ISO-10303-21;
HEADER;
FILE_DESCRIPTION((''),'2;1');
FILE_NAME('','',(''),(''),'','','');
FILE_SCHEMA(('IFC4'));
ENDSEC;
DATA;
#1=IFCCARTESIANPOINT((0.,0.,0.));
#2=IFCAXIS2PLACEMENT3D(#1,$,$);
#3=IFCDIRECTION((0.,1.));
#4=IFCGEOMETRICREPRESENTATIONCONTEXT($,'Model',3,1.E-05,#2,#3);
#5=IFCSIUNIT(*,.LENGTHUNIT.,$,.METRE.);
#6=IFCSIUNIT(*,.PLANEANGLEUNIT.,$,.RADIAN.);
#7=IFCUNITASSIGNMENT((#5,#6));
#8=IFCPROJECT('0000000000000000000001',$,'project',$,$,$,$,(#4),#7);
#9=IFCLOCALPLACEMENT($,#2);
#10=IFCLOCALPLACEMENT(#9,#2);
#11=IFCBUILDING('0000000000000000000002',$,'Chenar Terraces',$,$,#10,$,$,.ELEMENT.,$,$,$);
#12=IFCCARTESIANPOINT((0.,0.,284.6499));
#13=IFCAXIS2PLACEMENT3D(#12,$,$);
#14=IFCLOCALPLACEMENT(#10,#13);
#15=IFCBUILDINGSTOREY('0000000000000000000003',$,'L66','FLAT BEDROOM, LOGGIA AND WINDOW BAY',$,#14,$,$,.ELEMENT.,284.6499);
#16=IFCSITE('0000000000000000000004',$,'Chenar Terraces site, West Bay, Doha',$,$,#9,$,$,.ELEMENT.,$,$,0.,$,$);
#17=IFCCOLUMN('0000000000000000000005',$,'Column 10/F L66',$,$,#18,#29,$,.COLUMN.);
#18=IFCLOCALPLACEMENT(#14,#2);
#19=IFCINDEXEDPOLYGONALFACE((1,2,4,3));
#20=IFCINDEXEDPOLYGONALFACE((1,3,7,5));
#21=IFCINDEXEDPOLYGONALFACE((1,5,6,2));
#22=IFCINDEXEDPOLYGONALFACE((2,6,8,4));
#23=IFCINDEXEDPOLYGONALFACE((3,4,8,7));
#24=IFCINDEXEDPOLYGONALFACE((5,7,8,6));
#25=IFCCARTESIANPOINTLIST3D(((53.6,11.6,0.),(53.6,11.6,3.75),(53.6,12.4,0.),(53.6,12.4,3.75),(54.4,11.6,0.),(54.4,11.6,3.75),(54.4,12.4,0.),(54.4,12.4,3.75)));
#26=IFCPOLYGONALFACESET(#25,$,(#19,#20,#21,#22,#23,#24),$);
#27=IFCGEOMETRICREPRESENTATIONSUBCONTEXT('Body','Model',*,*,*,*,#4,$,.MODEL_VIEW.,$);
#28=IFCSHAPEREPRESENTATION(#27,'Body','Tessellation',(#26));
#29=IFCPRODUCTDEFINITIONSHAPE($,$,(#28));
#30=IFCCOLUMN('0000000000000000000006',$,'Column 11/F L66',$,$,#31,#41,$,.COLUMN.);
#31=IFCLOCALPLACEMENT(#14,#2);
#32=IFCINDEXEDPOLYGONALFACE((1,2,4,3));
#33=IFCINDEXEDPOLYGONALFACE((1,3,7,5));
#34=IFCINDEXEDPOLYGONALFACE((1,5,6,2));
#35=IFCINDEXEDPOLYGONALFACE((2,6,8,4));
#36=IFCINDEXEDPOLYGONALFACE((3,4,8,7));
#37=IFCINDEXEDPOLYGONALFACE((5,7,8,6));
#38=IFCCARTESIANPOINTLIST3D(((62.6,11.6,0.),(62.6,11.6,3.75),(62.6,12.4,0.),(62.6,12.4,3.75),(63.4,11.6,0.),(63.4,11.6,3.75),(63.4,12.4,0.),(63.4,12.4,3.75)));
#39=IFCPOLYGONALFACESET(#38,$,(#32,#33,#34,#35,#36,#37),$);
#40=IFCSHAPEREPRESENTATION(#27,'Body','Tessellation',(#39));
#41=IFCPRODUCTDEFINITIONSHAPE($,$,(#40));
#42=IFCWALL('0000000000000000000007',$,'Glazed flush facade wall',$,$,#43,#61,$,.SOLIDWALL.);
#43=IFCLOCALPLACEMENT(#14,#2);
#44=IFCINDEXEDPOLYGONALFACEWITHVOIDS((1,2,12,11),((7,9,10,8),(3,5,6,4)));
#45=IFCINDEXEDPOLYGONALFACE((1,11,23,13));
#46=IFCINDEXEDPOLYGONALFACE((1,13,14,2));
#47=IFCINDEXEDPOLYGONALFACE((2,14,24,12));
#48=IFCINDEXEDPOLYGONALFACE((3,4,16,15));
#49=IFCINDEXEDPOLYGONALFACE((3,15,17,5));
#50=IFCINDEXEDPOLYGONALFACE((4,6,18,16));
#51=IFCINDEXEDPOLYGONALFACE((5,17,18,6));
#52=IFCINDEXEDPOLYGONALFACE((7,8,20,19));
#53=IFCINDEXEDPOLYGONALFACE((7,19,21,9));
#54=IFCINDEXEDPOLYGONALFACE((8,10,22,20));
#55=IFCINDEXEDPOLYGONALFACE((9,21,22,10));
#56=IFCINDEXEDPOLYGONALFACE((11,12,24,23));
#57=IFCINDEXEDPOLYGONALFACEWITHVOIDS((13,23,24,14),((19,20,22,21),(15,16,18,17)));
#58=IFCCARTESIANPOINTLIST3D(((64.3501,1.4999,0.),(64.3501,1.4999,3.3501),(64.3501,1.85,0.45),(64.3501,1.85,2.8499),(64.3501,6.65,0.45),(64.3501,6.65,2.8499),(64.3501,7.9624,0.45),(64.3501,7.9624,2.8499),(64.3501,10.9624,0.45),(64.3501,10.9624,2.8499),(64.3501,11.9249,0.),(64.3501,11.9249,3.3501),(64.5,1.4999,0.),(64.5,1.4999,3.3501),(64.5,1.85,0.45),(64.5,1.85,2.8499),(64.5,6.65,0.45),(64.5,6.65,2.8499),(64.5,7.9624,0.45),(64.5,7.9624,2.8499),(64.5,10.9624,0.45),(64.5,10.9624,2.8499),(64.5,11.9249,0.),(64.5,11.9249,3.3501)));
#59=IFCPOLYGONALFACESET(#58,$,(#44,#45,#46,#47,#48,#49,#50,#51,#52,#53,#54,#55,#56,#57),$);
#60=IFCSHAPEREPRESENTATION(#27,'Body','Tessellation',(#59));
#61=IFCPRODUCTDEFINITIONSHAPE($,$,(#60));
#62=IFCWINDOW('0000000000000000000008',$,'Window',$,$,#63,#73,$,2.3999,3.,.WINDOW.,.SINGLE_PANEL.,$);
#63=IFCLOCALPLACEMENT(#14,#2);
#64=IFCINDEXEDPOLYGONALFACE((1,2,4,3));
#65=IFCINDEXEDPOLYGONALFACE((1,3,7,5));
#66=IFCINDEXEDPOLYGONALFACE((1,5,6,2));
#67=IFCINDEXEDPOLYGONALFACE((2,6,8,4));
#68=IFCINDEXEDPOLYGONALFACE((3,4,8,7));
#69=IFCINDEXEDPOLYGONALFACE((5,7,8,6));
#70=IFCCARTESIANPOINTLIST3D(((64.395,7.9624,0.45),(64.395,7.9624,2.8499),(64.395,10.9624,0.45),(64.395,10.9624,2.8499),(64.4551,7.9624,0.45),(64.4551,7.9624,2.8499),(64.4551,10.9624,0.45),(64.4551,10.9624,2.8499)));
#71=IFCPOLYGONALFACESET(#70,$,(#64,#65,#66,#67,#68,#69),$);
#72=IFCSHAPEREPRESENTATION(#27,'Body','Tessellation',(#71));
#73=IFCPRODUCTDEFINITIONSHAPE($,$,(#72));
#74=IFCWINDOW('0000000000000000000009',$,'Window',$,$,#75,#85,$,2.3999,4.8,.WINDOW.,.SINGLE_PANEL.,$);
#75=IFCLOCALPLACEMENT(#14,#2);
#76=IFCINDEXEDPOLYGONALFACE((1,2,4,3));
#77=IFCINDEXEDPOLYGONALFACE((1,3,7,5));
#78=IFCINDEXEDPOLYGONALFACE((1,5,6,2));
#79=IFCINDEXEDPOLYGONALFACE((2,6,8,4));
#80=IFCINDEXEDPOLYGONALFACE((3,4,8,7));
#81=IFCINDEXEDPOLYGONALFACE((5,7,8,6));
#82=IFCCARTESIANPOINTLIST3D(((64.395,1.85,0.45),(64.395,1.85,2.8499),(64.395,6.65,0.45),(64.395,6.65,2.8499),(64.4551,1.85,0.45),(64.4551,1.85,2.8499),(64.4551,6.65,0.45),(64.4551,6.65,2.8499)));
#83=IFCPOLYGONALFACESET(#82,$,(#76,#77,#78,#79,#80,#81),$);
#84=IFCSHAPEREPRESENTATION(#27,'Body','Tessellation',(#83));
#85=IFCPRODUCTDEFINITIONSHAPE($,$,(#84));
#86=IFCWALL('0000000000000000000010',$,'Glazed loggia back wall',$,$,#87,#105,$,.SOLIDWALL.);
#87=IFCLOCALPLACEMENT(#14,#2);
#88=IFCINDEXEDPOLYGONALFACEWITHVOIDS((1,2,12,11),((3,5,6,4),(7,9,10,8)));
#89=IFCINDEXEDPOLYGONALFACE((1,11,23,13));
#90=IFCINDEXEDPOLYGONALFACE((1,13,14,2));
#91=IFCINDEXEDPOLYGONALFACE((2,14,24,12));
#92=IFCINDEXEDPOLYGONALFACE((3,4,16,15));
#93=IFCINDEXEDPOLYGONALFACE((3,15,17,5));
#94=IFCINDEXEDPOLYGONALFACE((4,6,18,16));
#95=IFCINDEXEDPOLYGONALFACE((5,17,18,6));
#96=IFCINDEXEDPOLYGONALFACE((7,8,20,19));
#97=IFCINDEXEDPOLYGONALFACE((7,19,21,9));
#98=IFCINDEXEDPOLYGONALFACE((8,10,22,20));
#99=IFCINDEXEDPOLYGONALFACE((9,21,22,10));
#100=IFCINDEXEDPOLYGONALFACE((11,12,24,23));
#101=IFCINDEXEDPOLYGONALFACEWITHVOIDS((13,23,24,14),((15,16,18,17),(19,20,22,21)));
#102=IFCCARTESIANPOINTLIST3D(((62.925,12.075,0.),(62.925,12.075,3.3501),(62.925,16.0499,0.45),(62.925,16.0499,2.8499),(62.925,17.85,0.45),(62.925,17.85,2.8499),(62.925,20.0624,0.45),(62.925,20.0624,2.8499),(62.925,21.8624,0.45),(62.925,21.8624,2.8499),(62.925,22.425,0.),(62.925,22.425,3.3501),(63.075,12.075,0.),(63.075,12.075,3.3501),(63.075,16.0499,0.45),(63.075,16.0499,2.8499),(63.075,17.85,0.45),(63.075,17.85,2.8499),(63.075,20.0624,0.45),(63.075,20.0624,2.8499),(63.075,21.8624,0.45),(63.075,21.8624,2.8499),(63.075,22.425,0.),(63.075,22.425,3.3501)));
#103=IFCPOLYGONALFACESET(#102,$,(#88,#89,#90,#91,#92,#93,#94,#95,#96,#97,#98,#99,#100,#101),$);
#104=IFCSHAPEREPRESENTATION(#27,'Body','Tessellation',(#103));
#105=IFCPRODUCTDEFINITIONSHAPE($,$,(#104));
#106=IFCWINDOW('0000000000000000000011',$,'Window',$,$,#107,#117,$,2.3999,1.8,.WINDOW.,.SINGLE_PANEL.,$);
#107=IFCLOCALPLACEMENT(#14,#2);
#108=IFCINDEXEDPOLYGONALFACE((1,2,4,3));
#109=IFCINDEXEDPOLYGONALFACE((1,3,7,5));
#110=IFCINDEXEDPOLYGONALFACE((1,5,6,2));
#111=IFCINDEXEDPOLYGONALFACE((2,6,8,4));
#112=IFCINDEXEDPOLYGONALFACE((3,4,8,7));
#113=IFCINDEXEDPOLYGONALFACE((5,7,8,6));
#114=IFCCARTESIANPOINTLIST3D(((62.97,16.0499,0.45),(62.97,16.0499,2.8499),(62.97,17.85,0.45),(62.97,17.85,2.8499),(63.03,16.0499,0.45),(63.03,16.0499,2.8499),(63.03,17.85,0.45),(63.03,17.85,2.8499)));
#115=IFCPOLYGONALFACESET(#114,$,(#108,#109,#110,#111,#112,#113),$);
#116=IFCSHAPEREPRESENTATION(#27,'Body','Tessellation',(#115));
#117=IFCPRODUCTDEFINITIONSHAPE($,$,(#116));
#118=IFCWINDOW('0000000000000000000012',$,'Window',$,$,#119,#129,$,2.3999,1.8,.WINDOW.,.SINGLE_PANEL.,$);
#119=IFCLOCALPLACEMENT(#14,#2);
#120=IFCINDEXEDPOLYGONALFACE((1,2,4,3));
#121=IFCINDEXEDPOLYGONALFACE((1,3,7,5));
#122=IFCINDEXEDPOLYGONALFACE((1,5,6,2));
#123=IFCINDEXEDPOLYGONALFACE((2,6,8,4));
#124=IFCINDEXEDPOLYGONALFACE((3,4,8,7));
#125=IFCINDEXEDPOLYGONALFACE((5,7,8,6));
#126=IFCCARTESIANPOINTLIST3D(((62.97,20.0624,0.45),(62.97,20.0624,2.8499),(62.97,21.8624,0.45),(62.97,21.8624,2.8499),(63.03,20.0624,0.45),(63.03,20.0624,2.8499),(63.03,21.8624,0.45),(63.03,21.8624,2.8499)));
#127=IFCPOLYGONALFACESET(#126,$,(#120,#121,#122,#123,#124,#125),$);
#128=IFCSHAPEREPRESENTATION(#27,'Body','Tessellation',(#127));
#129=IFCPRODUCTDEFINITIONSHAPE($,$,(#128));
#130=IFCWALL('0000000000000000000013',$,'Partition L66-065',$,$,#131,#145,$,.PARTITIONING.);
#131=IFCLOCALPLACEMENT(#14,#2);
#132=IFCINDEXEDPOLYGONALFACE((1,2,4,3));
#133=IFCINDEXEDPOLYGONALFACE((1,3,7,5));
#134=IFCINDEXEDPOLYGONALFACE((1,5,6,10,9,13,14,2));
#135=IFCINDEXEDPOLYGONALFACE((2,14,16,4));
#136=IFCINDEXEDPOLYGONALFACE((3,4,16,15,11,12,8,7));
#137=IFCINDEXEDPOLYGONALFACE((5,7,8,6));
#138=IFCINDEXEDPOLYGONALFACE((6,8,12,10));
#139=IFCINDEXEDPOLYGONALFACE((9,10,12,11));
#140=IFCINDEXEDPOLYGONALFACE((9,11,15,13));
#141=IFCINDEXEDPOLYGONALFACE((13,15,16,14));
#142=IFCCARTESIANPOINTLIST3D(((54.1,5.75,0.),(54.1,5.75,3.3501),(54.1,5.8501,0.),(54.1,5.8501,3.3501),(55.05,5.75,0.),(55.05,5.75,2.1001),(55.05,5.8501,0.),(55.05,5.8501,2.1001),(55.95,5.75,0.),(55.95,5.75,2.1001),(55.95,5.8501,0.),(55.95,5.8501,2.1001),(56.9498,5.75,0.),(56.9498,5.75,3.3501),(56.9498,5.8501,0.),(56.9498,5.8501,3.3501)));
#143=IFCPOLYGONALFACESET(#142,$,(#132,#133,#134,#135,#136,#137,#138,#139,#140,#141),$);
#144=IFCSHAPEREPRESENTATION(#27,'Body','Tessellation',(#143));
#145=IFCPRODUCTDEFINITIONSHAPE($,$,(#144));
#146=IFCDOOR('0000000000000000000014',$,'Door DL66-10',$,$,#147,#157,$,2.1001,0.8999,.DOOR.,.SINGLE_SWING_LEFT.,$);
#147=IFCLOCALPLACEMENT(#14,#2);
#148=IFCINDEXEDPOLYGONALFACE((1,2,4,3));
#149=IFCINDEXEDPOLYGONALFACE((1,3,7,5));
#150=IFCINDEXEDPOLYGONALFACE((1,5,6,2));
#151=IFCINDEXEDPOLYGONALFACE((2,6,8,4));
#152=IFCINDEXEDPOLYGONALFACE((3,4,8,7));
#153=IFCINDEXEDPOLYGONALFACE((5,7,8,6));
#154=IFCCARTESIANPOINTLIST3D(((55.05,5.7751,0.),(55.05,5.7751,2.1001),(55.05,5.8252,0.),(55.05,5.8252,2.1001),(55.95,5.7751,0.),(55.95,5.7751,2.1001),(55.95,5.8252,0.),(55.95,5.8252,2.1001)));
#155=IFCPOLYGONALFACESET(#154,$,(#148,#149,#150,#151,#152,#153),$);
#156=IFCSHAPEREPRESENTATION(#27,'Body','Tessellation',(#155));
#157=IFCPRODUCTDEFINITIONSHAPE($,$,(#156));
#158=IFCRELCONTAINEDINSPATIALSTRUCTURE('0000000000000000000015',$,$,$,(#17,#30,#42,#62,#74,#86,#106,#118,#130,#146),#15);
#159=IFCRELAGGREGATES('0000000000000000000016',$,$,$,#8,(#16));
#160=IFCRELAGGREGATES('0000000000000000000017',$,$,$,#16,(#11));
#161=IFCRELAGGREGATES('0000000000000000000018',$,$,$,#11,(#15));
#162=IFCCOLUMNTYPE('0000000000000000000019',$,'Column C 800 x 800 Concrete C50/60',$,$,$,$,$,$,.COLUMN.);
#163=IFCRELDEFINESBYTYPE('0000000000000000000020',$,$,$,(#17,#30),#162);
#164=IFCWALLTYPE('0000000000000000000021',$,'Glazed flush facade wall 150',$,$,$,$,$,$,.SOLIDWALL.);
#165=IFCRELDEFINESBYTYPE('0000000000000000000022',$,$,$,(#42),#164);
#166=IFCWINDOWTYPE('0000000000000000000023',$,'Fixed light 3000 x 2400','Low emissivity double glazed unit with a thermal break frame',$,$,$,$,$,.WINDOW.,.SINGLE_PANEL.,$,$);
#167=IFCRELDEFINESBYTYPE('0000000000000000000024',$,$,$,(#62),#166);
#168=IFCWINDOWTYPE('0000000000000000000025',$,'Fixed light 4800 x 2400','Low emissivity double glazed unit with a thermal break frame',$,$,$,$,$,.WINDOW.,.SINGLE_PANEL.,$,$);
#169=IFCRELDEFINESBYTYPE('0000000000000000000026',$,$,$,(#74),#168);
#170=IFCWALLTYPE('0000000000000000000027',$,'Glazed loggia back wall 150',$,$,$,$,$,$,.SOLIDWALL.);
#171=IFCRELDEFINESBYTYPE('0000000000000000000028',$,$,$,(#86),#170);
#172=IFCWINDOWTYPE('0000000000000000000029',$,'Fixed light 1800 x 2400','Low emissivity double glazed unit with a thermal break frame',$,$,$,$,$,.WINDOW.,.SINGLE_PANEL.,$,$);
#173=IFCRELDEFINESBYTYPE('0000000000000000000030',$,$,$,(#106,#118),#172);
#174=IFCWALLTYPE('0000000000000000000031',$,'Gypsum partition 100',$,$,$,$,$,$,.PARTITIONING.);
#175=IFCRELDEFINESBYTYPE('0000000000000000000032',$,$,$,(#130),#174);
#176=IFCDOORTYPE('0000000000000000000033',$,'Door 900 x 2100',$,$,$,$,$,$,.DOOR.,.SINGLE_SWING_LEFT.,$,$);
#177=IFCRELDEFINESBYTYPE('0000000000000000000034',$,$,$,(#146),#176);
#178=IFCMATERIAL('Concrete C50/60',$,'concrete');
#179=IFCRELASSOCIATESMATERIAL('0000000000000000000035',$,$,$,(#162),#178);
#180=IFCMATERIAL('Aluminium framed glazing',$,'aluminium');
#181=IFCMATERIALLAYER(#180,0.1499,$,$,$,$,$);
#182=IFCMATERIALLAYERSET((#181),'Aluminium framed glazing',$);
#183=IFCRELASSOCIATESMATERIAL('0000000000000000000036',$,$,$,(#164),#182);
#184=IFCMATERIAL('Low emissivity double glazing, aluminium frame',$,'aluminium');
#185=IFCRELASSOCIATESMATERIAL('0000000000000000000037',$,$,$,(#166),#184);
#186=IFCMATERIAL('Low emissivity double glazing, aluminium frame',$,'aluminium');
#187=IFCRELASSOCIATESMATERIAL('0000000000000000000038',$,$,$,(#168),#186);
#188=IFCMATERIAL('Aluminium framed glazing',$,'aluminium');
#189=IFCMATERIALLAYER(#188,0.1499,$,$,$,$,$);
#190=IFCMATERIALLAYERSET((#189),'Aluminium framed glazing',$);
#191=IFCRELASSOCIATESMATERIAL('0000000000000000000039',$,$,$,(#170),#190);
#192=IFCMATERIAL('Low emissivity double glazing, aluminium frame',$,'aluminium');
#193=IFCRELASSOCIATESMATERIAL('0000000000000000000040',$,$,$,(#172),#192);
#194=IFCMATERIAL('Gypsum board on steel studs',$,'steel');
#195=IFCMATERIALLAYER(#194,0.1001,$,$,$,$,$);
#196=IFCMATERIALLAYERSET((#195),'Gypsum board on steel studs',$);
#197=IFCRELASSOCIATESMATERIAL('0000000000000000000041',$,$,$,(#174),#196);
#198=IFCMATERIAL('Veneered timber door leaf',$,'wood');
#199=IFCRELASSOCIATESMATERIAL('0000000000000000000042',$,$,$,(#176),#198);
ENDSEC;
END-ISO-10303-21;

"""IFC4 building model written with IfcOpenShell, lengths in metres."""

from ifc_helpers import new_model, si_unit, direction, frame, frame_2d, origin, origin_2d, place, context, subcontext, project, spatial, rectangle, extrude, material, layer, layer_set, material_profile, profile_set, type_object, element, fill, save


model = new_model("IFC4")

# Units and contexts
model_context = context("Model", 3, precision=1e-05, world=origin(), true_north=direction((0.0, 1.0)))
body_context = subcontext(model_context, "Body", "Model", "MODEL_VIEW")
ifc_project = project(units=[si_unit("LENGTHUNIT", "METRE"), si_unit("PLANEANGLEUNIT", "RADIAN")], contexts=[model_context])

# Site, building, storey
site_placement = place(None, origin())
site = spatial("IfcSite", under=ifc_project, at=site_placement, Name="Chenar Terraces site, West Bay, Doha", CompositionType="ELEMENT", RefElevation=0.0)
building_placement = place(site_placement, origin())
building = spatial("IfcBuilding", under=site, at=building_placement, Name="Chenar Terraces", CompositionType="ELEMENT")
storey_placement = place(building_placement, frame((0.0, 0.0, 284.6499)))
storey = spatial("IfcBuildingStorey", under=building, at=storey_placement, Name="L66", Description="FLAT BEDROOM, LOGGIA AND WINDOW BAY", CompositionType="ELEMENT", Elevation=284.6499)

# Columns
ifc_material_1 = material(Name="Concrete C50/60", Category="concrete")
ifc_material_profile = material_profile(ifc_material_1, rectangle(XDim=0.8, YDim=0.8, at=origin_2d()), Name="C 800 x 800")
ifc_profile_set = profile_set([ifc_material_profile], Name="Concrete C50/60")
column_type = type_object("IfcColumnType", Name="Column C 800 x 800 Concrete C50/60", PredefinedType="COLUMN", material=ifc_profile_set)
for number, where, z_axis, x_axis, name in (
    (1, (54.0, 12.0, 0.0), (0.0, 0.0, 1.0), (1.0, 0.0, 0.0), "Column 10/F L66"),
    (2, (63.0, 12.0, 0.0), (0.0, 0.0, 1.0), (1.0, 0.0, 0.0), "Column 11/F L66"),
):
    element("IfcColumn", number, at=place(storey_placement, frame(where, z_axis=z_axis, x_axis=x_axis)), inside=storey, type_object=column_type, Name=name, PredefinedType="COLUMN", context=body_context, shape_type="SweptSolid", body=[
        extrude(rectangle(XDim=0.8, YDim=0.8, at=origin_2d()), origin(), (0.0, 0.0, 1.0), 3.75),
    ])

# Walls, openings, windows
ifc_material_2 = material(Name="Aluminium framed glazing", Category="aluminium")
ifc_layer_1 = layer(ifc_material_2, 0.1499)
ifc_layer_set_1 = layer_set([ifc_layer_1], Name="Aluminium framed glazing")
wall_type_1 = type_object("IfcWallType", Name="Glazed flush facade wall 150", PredefinedType="SOLIDWALL", material=ifc_layer_set_1)
wall_1_placement = place(storey_placement, frame((64.425, 1.5, 0.0), z_axis=(0.0, 0.0, 1.0), x_axis=(0.0, 1.0, 0.0)))
wall_1 = element("IfcWall", 3, at=wall_1_placement, inside=storey, type_object=wall_type_1, Name="Glazed flush facade wall", PredefinedType="SOLIDWALL", context=body_context, shape_type="SweptSolid", body=[
    extrude(rectangle(XDim=10.425, YDim=0.1499, at=frame_2d((5.2124, 0.0))), origin(), (0.0, 0.0, 1.0), 3.3501),
])
opening_1_placement = place(wall_1_placement, frame((0.3501, 0.0, 0.45)))
opening_1 = element("IfcOpeningElement", 4, at=opening_1_placement, cuts=wall_1, PredefinedType="OPENING", context=body_context, shape_type="SweptSolid", body=[
    extrude(rectangle(XDim=4.8, YDim=2.3999, at=frame_2d((2.3999, 1.2))), frame((0.0, 0.085, 0.0), z_axis=(0.0, -1.0, 0.0), x_axis=(1.0, 0.0, 0.0)), (0.0, 0.0, 1.0), 0.1699),
])
opening_2_placement = place(wall_1_placement, frame((6.4624, 0.0, 0.45)))
opening_2 = element("IfcOpeningElement", 5, at=opening_2_placement, cuts=wall_1, PredefinedType="OPENING", context=body_context, shape_type="SweptSolid", body=[
    extrude(rectangle(XDim=3.0, YDim=2.3999, at=frame_2d((1.5, 1.2))), frame((0.0, 0.085, 0.0), z_axis=(0.0, -1.0, 0.0), x_axis=(1.0, 0.0, 0.0)), (0.0, 0.0, 1.0), 0.1699),
])
ifc_material_3 = material(Name="Low emissivity double glazing, aluminium frame", Category="aluminium")
window_type_1 = type_object("IfcWindowType", Name="Fixed light 3000 x 2400", Description="Low emissivity double glazed unit with a thermal break frame", PartitioningType="SINGLE_PANEL", PredefinedType="WINDOW", material=ifc_material_3)
window_1_placement = place(opening_2_placement, origin())
window_1 = element("IfcWindow", 6, at=window_1_placement, inside=storey, type_object=window_type_1, Name="Window", OverallHeight=2.3999, OverallWidth=3.0, PartitioningType="SINGLE_PANEL", PredefinedType="WINDOW", context=body_context, shape_type="SweptSolid", body=[
    extrude(rectangle(XDim=3.0, YDim=2.3999, at=frame_2d((1.5, 1.2))), frame((0.0, 0.03, 0.0), z_axis=(0.0, -1.0, 0.0), x_axis=(1.0, 0.0, 0.0)), (0.0, 0.0, 1.0), 0.0601),
])
fill(opening_2, window_1)
ifc_material_4 = material(Name="Low emissivity double glazing, aluminium frame", Category="aluminium")
window_type_2 = type_object("IfcWindowType", Name="Fixed light 4800 x 2400", Description="Low emissivity double glazed unit with a thermal break frame", PartitioningType="SINGLE_PANEL", PredefinedType="WINDOW", material=ifc_material_4)
window_2_placement = place(opening_1_placement, origin())
window_2 = element("IfcWindow", 7, at=window_2_placement, inside=storey, type_object=window_type_2, Name="Window", OverallHeight=2.3999, OverallWidth=4.8, PartitioningType="SINGLE_PANEL", PredefinedType="WINDOW", context=body_context, shape_type="SweptSolid", body=[
    extrude(rectangle(XDim=4.8, YDim=2.3999, at=frame_2d((2.3999, 1.2))), frame((0.0, 0.03, 0.0), z_axis=(0.0, -1.0, 0.0), x_axis=(1.0, 0.0, 0.0)), (0.0, 0.0, 1.0), 0.0601),
])
fill(opening_1, window_2)
ifc_material_5 = material(Name="Aluminium framed glazing", Category="aluminium")
ifc_layer_2 = layer(ifc_material_5, 0.1499)
ifc_layer_set_2 = layer_set([ifc_layer_2], Name="Aluminium framed glazing")
wall_type_2 = type_object("IfcWallType", Name="Glazed loggia back wall 150", PredefinedType="SOLIDWALL", material=ifc_layer_set_2)
wall_2_placement = place(storey_placement, frame((63.0, 12.075, 0.0), z_axis=(0.0, 0.0, 1.0), x_axis=(0.0, 1.0, 0.0)))
wall_2 = element("IfcWall", 8, at=wall_2_placement, inside=storey, type_object=wall_type_2, Name="Glazed loggia back wall", PredefinedType="SOLIDWALL", context=body_context, shape_type="SweptSolid", body=[
    extrude(rectangle(XDim=10.3501, YDim=0.1499, at=frame_2d((5.175, 0.0))), origin(), (0.0, 0.0, 1.0), 3.3501),
])
opening_3_placement = place(wall_2_placement, frame((3.9751, 0.0, 0.45)))
opening_3 = element("IfcOpeningElement", 9, at=opening_3_placement, cuts=wall_2, PredefinedType="OPENING", context=body_context, shape_type="SweptSolid", body=[
    extrude(rectangle(XDim=1.8, YDim=2.3999, at=frame_2d((0.8999, 1.2))), frame((0.0, 0.085, 0.0), z_axis=(0.0, -1.0, 0.0), x_axis=(1.0, 0.0, 0.0)), (0.0, 0.0, 1.0), 0.1699),
])
opening_4_placement = place(wall_2_placement, frame((7.9875, 0.0, 0.45)))
opening_4 = element("IfcOpeningElement", 10, at=opening_4_placement, cuts=wall_2, PredefinedType="OPENING", context=body_context, shape_type="SweptSolid", body=[
    extrude(rectangle(XDim=1.8, YDim=2.3999, at=frame_2d((0.8999, 1.2))), frame((0.0, 0.085, 0.0), z_axis=(0.0, -1.0, 0.0), x_axis=(1.0, 0.0, 0.0)), (0.0, 0.0, 1.0), 0.1699),
])
ifc_material_6 = material(Name="Low emissivity double glazing, aluminium frame", Category="aluminium")
window_type_3 = type_object("IfcWindowType", Name="Fixed light 1800 x 2400", Description="Low emissivity double glazed unit with a thermal break frame", PartitioningType="SINGLE_PANEL", PredefinedType="WINDOW", material=ifc_material_6)
window_3_placement = place(opening_3_placement, origin())
window_3 = element("IfcWindow", 11, at=window_3_placement, inside=storey, type_object=window_type_3, Name="Window", OverallHeight=2.3999, OverallWidth=1.8, PartitioningType="SINGLE_PANEL", PredefinedType="WINDOW", context=body_context, shape_type="SweptSolid", body=[
    extrude(rectangle(XDim=1.8, YDim=2.3999, at=frame_2d((0.8999, 1.2))), frame((0.0, 0.03, 0.0), z_axis=(0.0, -1.0, 0.0), x_axis=(1.0, 0.0, 0.0)), (0.0, 0.0, 1.0), 0.0601),
])
fill(opening_3, window_3)
window_4_placement = place(opening_4_placement, origin())
window_4 = element("IfcWindow", 12, at=window_4_placement, inside=storey, type_object=window_type_3, Name="Window", OverallHeight=2.3999, OverallWidth=1.8, PartitioningType="SINGLE_PANEL", PredefinedType="WINDOW", context=body_context, shape_type="SweptSolid", body=[
    extrude(rectangle(XDim=1.8, YDim=2.3999, at=frame_2d((0.8999, 1.2))), frame((0.0, 0.03, 0.0), z_axis=(0.0, -1.0, 0.0), x_axis=(1.0, 0.0, 0.0)), (0.0, 0.0, 1.0), 0.0601),
])
fill(opening_4, window_4)

# Wall, opening, door
ifc_material_7 = material(Name="Gypsum board on steel studs", Category="steel")
ifc_layer_3 = layer(ifc_material_7, 0.1001)
ifc_layer_set_3 = layer_set([ifc_layer_3], Name="Gypsum board on steel studs")
wall_type_3 = type_object("IfcWallType", Name="Gypsum partition 100", PredefinedType="PARTITIONING", material=ifc_layer_set_3)
wall_3_placement = place(storey_placement, frame((54.1001, 5.8, 0.0), z_axis=(0.0, 0.0, 1.0), x_axis=(1.0, 0.0, 0.0)))
wall_3 = element("IfcWall", 13, at=wall_3_placement, inside=storey, type_object=wall_type_3, Name="Partition L66-065", PredefinedType="PARTITIONING", context=body_context, shape_type="SweptSolid", body=[
    extrude(rectangle(XDim=2.8499, YDim=0.1001, at=frame_2d((1.4248, 0.0))), origin(), (0.0, 0.0, 1.0), 3.3501),
])
opening_5_placement = place(wall_3_placement, frame((0.95, 0.0, 0.0)))
opening_5 = element("IfcOpeningElement", 14, at=opening_5_placement, cuts=wall_3, PredefinedType="OPENING", context=body_context, shape_type="SweptSolid", body=[
    extrude(rectangle(XDim=0.8999, YDim=2.1001, at=frame_2d((0.45, 1.05))), frame((0.0, 0.0601, 0.0), z_axis=(0.0, -1.0, 0.0), x_axis=(1.0, 0.0, 0.0)), (0.0, 0.0, 1.0), 0.1201),
])
ifc_material_8 = material(Name="Veneered timber door leaf", Category="wood")
door_type_1 = type_object("IfcDoorType", Name="Door 900 x 2100", OperationType="SINGLE_SWING_LEFT", PredefinedType="DOOR", material=ifc_material_8)
door_1_placement = place(opening_5_placement, frame((0.8999, 0.0, 0.0), z_axis=(0.0, 0.0, 1.0), x_axis=(-1.0, 0.0, 0.0)))
door_1 = element("IfcDoor", 15, at=door_1_placement, inside=storey, type_object=door_type_1, Name="Door DL66-10", OperationType="SINGLE_SWING_LEFT", OverallHeight=2.1001, OverallWidth=0.8999, PredefinedType="DOOR", context=body_context, shape_type="SweptSolid", body=[
    extrude(rectangle(XDim=0.8999, YDim=2.1001, at=frame_2d((0.45, 1.05))), frame((0.0, 0.0249, 0.0), z_axis=(0.0, -1.0, 0.0), x_axis=(1.0, 0.0, 0.0)), (0.0, 0.0, 1.0), 0.05),
])
fill(opening_5, door_1)

save(model, "model.ifc")
